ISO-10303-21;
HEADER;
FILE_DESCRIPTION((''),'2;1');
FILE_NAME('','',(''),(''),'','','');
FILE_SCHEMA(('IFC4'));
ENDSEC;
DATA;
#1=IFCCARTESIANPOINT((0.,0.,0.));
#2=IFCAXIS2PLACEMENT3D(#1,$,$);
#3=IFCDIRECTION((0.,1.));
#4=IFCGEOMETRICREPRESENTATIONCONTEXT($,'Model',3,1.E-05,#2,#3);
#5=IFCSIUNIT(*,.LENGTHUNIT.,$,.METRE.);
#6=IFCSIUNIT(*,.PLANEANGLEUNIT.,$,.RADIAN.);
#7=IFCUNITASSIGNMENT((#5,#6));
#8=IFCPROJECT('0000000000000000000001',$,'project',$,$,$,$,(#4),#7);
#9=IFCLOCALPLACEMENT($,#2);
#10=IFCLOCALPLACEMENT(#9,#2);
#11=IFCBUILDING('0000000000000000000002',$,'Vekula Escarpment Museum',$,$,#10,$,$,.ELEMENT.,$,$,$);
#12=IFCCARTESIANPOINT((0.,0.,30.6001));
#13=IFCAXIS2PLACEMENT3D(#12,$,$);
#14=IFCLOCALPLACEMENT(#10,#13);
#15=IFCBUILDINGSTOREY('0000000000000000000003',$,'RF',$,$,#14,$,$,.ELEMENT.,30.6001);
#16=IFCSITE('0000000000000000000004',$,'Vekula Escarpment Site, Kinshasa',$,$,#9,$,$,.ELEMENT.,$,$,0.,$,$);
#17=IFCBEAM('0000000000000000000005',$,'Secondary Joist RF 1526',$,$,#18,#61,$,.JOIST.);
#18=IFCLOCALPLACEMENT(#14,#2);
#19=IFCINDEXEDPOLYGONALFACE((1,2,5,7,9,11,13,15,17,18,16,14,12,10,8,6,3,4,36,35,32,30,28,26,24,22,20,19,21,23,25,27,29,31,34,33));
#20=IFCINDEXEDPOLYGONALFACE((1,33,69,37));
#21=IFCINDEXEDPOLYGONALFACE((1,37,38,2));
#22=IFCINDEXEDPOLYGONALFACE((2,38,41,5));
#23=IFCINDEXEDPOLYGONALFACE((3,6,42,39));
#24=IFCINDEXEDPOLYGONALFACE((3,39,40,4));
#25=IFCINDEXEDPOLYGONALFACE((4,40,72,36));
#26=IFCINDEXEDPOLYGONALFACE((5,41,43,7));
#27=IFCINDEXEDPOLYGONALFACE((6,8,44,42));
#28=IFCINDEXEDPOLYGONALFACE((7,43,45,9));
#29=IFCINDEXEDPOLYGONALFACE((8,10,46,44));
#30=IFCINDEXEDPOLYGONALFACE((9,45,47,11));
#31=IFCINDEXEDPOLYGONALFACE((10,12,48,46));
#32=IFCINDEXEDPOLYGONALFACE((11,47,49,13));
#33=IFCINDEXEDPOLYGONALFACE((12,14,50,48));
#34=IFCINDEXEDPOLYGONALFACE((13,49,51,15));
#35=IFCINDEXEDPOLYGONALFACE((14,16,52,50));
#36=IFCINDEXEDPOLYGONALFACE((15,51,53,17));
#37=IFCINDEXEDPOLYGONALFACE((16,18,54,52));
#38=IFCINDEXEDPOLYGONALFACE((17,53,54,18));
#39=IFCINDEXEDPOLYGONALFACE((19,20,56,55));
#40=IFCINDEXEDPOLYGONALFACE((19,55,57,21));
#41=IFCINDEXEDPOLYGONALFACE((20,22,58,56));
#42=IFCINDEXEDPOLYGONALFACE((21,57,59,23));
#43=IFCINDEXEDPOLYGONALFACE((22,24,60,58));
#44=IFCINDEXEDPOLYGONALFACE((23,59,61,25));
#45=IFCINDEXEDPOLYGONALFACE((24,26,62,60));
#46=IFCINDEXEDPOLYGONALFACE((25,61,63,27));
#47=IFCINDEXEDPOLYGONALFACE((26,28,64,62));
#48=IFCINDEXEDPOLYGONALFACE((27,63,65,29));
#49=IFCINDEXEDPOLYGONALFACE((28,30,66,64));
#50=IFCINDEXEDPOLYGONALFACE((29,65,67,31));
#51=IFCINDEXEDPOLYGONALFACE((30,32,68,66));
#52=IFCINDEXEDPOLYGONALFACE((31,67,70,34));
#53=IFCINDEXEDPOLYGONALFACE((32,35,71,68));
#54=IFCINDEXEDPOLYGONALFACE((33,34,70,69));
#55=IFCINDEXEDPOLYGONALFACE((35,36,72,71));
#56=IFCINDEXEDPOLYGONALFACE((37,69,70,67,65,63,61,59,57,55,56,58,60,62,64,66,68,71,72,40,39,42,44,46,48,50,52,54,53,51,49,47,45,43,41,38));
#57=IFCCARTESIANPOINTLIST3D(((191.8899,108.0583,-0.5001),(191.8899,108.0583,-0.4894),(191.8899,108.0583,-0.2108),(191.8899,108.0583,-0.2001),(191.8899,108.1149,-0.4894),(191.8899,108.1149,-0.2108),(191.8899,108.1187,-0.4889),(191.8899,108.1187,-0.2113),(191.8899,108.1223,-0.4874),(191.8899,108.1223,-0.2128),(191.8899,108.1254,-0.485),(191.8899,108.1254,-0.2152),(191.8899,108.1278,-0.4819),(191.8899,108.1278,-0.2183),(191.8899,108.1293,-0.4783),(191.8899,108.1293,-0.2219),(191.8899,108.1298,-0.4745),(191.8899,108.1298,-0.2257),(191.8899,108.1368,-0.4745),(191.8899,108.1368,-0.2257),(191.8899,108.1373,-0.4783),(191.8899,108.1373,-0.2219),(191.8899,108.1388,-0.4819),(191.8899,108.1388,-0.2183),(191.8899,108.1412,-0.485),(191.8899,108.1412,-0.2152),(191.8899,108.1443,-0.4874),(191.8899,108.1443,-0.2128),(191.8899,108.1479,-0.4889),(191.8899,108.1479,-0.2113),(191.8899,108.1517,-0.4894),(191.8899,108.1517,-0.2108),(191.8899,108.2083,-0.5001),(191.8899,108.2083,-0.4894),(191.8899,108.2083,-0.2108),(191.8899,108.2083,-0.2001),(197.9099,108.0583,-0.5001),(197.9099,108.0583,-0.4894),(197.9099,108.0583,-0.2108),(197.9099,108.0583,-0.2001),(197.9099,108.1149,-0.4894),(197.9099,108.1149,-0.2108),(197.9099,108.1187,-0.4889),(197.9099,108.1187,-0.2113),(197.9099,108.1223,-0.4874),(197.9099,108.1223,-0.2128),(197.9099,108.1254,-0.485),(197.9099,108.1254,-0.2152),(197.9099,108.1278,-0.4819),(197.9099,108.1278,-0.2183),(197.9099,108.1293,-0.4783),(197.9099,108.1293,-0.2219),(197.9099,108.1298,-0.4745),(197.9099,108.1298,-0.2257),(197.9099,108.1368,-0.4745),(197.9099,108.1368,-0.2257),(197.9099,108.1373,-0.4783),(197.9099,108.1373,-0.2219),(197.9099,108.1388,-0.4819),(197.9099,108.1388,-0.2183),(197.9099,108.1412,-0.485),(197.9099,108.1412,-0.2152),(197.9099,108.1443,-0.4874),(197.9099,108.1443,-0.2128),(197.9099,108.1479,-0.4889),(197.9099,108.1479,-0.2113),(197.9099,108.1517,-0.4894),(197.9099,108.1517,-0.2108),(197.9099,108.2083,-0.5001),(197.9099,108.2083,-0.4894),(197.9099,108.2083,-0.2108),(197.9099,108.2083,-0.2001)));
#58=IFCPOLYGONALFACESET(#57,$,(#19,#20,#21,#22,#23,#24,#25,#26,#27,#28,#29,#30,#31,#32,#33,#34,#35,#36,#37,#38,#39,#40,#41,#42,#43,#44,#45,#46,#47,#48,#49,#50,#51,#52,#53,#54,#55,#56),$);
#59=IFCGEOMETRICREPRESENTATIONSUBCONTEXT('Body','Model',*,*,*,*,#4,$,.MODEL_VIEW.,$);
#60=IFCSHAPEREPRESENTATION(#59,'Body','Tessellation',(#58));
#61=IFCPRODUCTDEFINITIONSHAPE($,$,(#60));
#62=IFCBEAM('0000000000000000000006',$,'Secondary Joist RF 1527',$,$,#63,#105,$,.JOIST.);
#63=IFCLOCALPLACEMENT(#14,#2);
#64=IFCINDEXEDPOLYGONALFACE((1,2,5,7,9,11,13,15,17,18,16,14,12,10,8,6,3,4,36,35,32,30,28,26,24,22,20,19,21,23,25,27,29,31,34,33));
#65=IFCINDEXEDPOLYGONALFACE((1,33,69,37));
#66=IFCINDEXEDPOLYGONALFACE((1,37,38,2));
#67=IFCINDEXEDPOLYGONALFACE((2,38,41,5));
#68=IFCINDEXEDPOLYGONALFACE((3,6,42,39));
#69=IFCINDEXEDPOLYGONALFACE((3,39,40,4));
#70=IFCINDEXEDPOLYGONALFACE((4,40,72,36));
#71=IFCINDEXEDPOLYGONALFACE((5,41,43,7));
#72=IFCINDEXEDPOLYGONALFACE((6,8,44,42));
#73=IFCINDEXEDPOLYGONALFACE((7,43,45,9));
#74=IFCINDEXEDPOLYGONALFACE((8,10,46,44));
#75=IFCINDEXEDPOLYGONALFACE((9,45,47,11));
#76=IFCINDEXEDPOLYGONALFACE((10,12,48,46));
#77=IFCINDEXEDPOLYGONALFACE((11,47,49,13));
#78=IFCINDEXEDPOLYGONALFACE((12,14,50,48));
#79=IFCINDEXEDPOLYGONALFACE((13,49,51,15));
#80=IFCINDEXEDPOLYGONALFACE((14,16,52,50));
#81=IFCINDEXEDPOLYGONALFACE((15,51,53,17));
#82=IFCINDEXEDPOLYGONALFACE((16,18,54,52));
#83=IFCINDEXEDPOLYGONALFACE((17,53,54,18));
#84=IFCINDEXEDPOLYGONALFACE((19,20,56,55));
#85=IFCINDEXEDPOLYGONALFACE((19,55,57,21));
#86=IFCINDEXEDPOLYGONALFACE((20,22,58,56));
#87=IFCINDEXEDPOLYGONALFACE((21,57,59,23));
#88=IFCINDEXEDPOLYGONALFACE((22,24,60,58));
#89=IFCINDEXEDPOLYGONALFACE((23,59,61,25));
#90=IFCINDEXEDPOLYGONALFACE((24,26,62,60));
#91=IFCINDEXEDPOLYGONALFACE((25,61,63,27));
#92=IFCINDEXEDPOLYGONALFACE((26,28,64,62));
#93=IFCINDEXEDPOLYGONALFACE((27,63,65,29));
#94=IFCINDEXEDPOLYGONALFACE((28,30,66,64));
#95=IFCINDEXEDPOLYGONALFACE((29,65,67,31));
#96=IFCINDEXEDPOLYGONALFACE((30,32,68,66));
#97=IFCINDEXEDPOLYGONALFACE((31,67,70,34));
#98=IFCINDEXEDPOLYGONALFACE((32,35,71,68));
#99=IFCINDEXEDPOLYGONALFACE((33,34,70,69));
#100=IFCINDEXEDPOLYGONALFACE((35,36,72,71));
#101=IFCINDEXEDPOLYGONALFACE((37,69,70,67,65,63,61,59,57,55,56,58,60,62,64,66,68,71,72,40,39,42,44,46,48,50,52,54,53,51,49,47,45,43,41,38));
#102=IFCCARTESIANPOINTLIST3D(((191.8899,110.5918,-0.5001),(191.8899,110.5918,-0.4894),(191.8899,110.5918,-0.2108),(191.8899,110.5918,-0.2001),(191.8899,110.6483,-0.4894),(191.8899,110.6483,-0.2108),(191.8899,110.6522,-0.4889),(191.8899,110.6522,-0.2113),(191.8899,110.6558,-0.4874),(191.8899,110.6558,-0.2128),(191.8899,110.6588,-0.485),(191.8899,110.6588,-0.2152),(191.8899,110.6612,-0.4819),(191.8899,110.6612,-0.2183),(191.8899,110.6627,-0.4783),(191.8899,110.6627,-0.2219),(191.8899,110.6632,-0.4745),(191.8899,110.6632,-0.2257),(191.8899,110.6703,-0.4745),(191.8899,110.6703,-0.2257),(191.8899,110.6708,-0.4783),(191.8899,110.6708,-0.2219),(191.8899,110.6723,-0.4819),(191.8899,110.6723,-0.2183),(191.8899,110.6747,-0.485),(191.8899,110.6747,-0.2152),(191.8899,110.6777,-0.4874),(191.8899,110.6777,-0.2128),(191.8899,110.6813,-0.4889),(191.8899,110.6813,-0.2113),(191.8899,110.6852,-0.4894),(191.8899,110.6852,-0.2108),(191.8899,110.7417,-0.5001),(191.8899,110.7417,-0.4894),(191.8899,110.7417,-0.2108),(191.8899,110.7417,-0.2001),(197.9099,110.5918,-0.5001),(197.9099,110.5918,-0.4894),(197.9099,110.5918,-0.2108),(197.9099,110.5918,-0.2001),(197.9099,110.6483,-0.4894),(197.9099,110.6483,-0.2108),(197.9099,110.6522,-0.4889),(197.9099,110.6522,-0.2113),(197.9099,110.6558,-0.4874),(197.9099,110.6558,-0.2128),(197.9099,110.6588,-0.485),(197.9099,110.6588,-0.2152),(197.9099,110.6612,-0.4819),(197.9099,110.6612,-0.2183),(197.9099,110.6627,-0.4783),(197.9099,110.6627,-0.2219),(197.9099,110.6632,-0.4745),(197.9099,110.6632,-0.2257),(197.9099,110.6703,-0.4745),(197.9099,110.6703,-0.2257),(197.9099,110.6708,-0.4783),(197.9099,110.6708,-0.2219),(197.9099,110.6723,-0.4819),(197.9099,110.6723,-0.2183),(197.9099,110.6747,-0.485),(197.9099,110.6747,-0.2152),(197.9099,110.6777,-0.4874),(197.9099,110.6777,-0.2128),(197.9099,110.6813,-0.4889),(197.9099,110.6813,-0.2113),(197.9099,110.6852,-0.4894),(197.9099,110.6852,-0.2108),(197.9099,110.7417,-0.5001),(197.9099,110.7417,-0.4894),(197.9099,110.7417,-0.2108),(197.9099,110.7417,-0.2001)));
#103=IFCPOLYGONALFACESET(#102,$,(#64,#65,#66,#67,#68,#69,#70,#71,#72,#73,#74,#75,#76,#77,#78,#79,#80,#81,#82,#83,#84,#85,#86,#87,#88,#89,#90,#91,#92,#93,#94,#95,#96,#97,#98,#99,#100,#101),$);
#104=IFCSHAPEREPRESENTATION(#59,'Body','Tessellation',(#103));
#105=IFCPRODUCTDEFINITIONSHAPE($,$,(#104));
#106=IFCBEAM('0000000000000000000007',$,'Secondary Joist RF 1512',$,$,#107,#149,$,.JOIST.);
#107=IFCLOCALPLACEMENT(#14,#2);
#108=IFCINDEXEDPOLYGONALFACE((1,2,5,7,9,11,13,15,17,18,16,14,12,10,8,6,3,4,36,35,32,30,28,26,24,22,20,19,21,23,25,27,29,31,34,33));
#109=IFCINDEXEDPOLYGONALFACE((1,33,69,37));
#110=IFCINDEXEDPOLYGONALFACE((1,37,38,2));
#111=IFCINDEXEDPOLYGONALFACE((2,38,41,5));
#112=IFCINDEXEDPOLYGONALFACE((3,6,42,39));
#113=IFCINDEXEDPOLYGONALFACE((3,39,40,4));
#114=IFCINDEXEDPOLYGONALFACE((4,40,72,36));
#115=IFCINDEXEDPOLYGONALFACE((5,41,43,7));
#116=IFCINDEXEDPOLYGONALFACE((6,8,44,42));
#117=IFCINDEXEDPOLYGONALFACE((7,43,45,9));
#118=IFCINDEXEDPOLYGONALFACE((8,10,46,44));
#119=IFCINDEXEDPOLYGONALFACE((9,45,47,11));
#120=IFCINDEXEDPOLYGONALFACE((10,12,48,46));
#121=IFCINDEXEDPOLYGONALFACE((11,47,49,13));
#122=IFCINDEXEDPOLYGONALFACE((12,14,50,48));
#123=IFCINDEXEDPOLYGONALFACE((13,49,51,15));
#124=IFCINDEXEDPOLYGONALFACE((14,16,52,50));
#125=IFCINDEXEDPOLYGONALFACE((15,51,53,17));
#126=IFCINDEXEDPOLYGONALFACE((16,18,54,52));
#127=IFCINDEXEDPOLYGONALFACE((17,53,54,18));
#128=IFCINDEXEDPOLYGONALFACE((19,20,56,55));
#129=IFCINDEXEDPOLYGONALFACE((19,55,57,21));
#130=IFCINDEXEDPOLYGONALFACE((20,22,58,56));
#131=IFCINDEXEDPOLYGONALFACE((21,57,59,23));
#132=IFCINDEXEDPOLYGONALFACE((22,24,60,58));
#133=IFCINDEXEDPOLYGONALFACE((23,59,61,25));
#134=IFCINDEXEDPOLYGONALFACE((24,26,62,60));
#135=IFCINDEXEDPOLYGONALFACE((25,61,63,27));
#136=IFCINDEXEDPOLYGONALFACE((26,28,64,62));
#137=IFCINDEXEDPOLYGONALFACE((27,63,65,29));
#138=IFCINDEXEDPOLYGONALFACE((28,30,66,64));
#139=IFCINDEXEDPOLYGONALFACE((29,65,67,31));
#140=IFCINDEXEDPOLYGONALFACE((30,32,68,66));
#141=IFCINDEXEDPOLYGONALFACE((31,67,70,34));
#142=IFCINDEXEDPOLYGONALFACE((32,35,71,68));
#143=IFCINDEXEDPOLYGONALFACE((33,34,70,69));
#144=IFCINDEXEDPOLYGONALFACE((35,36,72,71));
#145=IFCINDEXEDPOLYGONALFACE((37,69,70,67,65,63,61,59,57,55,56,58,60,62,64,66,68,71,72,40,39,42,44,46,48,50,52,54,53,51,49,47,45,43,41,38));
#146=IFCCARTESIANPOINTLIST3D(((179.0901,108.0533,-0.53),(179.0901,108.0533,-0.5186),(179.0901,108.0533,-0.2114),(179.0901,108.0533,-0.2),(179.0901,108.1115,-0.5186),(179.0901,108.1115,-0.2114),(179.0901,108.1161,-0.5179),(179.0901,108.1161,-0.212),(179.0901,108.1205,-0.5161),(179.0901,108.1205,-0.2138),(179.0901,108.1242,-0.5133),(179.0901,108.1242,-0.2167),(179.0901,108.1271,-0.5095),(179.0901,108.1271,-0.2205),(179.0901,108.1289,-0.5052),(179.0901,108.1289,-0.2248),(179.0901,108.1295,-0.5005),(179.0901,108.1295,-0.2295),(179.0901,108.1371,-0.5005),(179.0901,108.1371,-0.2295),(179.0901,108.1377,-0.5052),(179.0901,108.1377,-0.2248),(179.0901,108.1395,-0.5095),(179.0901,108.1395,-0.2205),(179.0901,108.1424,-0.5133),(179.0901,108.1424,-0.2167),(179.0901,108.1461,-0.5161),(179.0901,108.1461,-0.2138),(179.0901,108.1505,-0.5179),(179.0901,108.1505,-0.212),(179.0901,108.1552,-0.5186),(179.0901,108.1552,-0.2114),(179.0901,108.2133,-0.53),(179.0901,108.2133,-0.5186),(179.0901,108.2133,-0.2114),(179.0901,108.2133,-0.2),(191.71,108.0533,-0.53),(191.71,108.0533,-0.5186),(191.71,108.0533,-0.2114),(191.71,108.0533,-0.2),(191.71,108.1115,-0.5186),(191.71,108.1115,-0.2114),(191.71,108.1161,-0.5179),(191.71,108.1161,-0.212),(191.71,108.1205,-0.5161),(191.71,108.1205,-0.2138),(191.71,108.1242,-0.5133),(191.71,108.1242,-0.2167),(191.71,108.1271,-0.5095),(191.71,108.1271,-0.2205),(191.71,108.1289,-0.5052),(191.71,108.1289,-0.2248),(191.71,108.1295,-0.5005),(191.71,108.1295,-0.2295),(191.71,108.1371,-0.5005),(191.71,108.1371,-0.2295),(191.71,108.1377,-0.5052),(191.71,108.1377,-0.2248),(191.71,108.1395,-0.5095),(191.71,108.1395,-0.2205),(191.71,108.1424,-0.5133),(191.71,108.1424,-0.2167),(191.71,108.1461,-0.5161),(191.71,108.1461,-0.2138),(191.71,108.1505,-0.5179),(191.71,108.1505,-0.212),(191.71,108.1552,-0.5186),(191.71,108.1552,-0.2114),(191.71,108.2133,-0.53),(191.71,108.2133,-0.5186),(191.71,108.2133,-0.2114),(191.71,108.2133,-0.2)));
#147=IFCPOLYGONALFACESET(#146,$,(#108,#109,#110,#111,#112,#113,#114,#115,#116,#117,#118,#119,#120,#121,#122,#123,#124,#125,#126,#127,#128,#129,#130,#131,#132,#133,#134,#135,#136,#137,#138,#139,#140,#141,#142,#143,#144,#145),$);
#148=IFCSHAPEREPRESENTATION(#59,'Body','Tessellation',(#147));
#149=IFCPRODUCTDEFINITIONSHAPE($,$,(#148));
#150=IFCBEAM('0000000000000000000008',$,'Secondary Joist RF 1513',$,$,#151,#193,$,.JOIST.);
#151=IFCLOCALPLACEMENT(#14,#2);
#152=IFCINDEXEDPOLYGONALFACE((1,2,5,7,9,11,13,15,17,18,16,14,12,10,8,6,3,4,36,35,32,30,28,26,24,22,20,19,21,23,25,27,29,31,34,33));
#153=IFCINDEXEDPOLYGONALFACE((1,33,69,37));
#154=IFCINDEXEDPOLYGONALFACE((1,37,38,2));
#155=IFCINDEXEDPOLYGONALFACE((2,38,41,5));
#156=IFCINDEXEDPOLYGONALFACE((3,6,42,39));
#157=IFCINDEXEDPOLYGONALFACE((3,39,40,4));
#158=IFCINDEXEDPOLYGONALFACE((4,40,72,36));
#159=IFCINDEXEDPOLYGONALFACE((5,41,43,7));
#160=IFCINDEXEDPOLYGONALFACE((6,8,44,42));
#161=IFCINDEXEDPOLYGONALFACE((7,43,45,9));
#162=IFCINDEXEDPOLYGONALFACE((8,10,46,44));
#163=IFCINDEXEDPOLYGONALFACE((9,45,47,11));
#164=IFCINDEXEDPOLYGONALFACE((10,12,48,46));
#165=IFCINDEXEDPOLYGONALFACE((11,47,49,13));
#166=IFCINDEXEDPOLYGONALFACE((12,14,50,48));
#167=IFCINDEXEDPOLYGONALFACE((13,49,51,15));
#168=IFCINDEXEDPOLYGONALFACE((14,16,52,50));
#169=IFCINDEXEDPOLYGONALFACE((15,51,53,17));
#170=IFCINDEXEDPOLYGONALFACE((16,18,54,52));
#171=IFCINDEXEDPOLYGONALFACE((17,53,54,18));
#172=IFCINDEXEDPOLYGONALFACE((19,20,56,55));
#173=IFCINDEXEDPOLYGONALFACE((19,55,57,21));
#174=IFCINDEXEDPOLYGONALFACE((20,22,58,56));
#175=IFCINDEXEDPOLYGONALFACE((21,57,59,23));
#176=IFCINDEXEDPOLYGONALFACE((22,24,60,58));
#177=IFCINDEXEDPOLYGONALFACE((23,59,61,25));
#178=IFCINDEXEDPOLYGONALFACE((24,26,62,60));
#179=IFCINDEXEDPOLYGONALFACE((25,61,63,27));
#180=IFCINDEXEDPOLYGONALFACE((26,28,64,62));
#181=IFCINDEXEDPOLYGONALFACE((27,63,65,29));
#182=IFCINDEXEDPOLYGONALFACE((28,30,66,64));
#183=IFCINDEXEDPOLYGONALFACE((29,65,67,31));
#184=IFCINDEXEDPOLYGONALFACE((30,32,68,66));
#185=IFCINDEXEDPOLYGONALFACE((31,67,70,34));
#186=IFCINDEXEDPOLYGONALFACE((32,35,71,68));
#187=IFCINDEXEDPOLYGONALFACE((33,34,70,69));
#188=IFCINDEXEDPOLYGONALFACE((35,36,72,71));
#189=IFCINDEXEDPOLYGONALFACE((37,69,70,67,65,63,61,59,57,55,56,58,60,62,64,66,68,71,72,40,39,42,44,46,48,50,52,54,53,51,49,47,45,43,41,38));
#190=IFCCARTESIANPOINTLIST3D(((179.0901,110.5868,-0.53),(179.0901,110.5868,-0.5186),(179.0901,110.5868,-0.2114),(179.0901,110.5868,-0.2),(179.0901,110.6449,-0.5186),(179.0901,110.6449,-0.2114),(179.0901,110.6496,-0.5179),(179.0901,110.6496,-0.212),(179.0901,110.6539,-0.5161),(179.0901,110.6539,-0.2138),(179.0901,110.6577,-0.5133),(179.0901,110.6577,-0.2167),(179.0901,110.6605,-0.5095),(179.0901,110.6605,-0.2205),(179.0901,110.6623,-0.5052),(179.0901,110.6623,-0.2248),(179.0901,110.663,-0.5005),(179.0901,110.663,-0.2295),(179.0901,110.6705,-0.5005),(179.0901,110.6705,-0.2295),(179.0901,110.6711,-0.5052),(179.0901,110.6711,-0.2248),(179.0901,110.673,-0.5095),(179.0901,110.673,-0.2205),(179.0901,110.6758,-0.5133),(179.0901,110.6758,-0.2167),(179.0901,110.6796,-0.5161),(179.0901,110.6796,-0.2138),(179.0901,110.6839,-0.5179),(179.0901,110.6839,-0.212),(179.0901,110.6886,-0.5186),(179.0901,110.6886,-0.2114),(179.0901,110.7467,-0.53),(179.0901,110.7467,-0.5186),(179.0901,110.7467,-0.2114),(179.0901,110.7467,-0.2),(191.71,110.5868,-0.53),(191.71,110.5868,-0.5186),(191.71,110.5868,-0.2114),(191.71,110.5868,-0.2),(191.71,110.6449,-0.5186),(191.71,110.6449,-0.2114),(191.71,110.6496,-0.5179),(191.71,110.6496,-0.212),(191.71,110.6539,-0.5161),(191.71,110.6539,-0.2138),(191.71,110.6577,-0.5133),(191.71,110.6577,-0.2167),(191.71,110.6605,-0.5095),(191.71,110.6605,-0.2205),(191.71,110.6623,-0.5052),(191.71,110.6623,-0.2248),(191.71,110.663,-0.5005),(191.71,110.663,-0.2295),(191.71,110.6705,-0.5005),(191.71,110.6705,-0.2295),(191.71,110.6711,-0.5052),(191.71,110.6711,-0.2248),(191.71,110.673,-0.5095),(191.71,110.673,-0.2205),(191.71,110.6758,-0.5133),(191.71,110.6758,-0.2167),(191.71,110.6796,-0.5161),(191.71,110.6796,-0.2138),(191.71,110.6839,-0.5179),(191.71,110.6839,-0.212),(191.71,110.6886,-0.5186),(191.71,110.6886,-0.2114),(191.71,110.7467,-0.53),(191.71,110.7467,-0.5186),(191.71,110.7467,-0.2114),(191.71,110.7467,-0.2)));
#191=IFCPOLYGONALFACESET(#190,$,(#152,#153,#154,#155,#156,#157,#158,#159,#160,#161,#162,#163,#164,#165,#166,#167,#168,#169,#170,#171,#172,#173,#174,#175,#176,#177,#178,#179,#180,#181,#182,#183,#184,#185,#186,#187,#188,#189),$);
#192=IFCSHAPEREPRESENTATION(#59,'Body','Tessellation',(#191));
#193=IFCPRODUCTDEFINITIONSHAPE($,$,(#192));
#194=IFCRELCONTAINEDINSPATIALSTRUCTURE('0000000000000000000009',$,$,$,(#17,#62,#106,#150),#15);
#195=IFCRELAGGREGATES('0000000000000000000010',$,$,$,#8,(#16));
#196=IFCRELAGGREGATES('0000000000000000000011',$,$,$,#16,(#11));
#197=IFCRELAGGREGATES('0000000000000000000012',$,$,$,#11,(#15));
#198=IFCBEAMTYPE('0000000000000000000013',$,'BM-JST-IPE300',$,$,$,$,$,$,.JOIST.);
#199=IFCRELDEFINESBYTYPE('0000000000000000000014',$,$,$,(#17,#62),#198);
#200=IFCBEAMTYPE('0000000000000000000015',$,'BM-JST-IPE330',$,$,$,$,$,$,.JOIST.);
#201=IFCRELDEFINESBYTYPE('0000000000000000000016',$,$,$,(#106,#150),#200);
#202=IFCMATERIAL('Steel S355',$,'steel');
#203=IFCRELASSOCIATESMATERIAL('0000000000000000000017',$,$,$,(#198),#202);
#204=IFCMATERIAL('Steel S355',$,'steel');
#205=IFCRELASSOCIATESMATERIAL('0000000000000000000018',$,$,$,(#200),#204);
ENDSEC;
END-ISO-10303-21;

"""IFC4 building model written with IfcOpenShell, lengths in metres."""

from ifc_helpers import new_model, si_unit, direction, frame, origin, origin_2d, place, context, subcontext, project, spatial, i_section, extrude, material, material_profile, profile_set, type_object, element, save


model = new_model("IFC4")

# Units and contexts
model_context = context("Model", 3, precision=1e-05, world=origin(), true_north=direction((0.0, 1.0)))
body_context = subcontext(model_context, "Body", "Model", "MODEL_VIEW")
ifc_project = project(units=[si_unit("LENGTHUNIT", "METRE"), si_unit("PLANEANGLEUNIT", "RADIAN")], contexts=[model_context])

# Site, building, storey
site_placement = place(None, origin())
site = spatial("IfcSite", under=ifc_project, at=site_placement, Name="Vekula Escarpment Site, Kinshasa", CompositionType="ELEMENT", RefElevation=0.0)
building_placement = place(site_placement, origin())
building = spatial("IfcBuilding", under=site, at=building_placement, Name="Vekula Escarpment Museum", CompositionType="ELEMENT")
storey_placement = place(building_placement, frame((0.0, 0.0, 30.6001)))
storey = spatial("IfcBuildingStorey", under=building, at=storey_placement, Name="RF", CompositionType="ELEMENT", Elevation=30.6001)

# Beams
ifc_material_1 = material(Name="Steel S355", Category="steel")
ifc_material_profile_1 = material_profile(ifc_material_1, i_section(OverallWidth=0.1499, OverallDepth=0.3, WebThickness=0.0071, FlangeThickness=0.0107, FilletRadius=0.0149, at=origin_2d()), Name="IPE 300")
ifc_profile_set_1 = profile_set([ifc_material_profile_1], Name="Steel S355")
beam_type_1 = type_object("IfcBeamType", Name="BM-JST-IPE300", PredefinedType="JOIST", material=ifc_profile_set_1)
for number, where, z_axis, x_axis, name in (
    (1, (191.8899, 108.1333, -0.3501), (1.0, 0.0, 0.0), (0.0, 1.0, 0.0), "Secondary Joist RF 1526"),
    (2, (191.8899, 110.6667, -0.3501), (1.0, 0.0, 0.0), (0.0, 1.0, 0.0), "Secondary Joist RF 1527"),
):
    element("IfcBeam", number, at=place(storey_placement, frame(where, z_axis=z_axis, x_axis=x_axis)), inside=storey, type_object=beam_type_1, Name=name, PredefinedType="JOIST", context=body_context, shape_type="SweptSolid", body=[
        extrude(i_section(OverallWidth=0.1499, OverallDepth=0.3, WebThickness=0.0071, FlangeThickness=0.0107, FilletRadius=0.0149, at=origin_2d()), origin(), (0.0, 0.0, 1.0), 6.02),
    ])
ifc_material_2 = material(Name="Steel S355", Category="steel")
ifc_material_profile_2 = material_profile(ifc_material_2, i_section(OverallWidth=0.1599, OverallDepth=0.3301, WebThickness=0.0076, FlangeThickness=0.0115, FilletRadius=0.0181, at=origin_2d()), Name="IPE 330")
ifc_profile_set_2 = profile_set([ifc_material_profile_2], Name="Steel S355")
beam_type_2 = type_object("IfcBeamType", Name="BM-JST-IPE330", PredefinedType="JOIST", material=ifc_profile_set_2)
for number, where, z_axis, x_axis, name in (
    (3, (179.0901, 108.1333, -0.365), (1.0, 0.0, 0.0), (0.0, 1.0, 0.0), "Secondary Joist RF 1512"),
    (4, (179.0901, 110.6667, -0.365), (1.0, 0.0, 0.0), (0.0, 1.0, 0.0), "Secondary Joist RF 1513"),
):
    element("IfcBeam", number, at=place(storey_placement, frame(where, z_axis=z_axis, x_axis=x_axis)), inside=storey, type_object=beam_type_2, Name=name, PredefinedType="JOIST", context=body_context, shape_type="SweptSolid", body=[
        extrude(i_section(OverallWidth=0.1599, OverallDepth=0.3301, WebThickness=0.0076, FlangeThickness=0.0115, FilletRadius=0.0181, at=origin_2d()), origin(), (0.0, 0.0, 1.0), 12.6199),
    ])

save(model, "model.ifc")
